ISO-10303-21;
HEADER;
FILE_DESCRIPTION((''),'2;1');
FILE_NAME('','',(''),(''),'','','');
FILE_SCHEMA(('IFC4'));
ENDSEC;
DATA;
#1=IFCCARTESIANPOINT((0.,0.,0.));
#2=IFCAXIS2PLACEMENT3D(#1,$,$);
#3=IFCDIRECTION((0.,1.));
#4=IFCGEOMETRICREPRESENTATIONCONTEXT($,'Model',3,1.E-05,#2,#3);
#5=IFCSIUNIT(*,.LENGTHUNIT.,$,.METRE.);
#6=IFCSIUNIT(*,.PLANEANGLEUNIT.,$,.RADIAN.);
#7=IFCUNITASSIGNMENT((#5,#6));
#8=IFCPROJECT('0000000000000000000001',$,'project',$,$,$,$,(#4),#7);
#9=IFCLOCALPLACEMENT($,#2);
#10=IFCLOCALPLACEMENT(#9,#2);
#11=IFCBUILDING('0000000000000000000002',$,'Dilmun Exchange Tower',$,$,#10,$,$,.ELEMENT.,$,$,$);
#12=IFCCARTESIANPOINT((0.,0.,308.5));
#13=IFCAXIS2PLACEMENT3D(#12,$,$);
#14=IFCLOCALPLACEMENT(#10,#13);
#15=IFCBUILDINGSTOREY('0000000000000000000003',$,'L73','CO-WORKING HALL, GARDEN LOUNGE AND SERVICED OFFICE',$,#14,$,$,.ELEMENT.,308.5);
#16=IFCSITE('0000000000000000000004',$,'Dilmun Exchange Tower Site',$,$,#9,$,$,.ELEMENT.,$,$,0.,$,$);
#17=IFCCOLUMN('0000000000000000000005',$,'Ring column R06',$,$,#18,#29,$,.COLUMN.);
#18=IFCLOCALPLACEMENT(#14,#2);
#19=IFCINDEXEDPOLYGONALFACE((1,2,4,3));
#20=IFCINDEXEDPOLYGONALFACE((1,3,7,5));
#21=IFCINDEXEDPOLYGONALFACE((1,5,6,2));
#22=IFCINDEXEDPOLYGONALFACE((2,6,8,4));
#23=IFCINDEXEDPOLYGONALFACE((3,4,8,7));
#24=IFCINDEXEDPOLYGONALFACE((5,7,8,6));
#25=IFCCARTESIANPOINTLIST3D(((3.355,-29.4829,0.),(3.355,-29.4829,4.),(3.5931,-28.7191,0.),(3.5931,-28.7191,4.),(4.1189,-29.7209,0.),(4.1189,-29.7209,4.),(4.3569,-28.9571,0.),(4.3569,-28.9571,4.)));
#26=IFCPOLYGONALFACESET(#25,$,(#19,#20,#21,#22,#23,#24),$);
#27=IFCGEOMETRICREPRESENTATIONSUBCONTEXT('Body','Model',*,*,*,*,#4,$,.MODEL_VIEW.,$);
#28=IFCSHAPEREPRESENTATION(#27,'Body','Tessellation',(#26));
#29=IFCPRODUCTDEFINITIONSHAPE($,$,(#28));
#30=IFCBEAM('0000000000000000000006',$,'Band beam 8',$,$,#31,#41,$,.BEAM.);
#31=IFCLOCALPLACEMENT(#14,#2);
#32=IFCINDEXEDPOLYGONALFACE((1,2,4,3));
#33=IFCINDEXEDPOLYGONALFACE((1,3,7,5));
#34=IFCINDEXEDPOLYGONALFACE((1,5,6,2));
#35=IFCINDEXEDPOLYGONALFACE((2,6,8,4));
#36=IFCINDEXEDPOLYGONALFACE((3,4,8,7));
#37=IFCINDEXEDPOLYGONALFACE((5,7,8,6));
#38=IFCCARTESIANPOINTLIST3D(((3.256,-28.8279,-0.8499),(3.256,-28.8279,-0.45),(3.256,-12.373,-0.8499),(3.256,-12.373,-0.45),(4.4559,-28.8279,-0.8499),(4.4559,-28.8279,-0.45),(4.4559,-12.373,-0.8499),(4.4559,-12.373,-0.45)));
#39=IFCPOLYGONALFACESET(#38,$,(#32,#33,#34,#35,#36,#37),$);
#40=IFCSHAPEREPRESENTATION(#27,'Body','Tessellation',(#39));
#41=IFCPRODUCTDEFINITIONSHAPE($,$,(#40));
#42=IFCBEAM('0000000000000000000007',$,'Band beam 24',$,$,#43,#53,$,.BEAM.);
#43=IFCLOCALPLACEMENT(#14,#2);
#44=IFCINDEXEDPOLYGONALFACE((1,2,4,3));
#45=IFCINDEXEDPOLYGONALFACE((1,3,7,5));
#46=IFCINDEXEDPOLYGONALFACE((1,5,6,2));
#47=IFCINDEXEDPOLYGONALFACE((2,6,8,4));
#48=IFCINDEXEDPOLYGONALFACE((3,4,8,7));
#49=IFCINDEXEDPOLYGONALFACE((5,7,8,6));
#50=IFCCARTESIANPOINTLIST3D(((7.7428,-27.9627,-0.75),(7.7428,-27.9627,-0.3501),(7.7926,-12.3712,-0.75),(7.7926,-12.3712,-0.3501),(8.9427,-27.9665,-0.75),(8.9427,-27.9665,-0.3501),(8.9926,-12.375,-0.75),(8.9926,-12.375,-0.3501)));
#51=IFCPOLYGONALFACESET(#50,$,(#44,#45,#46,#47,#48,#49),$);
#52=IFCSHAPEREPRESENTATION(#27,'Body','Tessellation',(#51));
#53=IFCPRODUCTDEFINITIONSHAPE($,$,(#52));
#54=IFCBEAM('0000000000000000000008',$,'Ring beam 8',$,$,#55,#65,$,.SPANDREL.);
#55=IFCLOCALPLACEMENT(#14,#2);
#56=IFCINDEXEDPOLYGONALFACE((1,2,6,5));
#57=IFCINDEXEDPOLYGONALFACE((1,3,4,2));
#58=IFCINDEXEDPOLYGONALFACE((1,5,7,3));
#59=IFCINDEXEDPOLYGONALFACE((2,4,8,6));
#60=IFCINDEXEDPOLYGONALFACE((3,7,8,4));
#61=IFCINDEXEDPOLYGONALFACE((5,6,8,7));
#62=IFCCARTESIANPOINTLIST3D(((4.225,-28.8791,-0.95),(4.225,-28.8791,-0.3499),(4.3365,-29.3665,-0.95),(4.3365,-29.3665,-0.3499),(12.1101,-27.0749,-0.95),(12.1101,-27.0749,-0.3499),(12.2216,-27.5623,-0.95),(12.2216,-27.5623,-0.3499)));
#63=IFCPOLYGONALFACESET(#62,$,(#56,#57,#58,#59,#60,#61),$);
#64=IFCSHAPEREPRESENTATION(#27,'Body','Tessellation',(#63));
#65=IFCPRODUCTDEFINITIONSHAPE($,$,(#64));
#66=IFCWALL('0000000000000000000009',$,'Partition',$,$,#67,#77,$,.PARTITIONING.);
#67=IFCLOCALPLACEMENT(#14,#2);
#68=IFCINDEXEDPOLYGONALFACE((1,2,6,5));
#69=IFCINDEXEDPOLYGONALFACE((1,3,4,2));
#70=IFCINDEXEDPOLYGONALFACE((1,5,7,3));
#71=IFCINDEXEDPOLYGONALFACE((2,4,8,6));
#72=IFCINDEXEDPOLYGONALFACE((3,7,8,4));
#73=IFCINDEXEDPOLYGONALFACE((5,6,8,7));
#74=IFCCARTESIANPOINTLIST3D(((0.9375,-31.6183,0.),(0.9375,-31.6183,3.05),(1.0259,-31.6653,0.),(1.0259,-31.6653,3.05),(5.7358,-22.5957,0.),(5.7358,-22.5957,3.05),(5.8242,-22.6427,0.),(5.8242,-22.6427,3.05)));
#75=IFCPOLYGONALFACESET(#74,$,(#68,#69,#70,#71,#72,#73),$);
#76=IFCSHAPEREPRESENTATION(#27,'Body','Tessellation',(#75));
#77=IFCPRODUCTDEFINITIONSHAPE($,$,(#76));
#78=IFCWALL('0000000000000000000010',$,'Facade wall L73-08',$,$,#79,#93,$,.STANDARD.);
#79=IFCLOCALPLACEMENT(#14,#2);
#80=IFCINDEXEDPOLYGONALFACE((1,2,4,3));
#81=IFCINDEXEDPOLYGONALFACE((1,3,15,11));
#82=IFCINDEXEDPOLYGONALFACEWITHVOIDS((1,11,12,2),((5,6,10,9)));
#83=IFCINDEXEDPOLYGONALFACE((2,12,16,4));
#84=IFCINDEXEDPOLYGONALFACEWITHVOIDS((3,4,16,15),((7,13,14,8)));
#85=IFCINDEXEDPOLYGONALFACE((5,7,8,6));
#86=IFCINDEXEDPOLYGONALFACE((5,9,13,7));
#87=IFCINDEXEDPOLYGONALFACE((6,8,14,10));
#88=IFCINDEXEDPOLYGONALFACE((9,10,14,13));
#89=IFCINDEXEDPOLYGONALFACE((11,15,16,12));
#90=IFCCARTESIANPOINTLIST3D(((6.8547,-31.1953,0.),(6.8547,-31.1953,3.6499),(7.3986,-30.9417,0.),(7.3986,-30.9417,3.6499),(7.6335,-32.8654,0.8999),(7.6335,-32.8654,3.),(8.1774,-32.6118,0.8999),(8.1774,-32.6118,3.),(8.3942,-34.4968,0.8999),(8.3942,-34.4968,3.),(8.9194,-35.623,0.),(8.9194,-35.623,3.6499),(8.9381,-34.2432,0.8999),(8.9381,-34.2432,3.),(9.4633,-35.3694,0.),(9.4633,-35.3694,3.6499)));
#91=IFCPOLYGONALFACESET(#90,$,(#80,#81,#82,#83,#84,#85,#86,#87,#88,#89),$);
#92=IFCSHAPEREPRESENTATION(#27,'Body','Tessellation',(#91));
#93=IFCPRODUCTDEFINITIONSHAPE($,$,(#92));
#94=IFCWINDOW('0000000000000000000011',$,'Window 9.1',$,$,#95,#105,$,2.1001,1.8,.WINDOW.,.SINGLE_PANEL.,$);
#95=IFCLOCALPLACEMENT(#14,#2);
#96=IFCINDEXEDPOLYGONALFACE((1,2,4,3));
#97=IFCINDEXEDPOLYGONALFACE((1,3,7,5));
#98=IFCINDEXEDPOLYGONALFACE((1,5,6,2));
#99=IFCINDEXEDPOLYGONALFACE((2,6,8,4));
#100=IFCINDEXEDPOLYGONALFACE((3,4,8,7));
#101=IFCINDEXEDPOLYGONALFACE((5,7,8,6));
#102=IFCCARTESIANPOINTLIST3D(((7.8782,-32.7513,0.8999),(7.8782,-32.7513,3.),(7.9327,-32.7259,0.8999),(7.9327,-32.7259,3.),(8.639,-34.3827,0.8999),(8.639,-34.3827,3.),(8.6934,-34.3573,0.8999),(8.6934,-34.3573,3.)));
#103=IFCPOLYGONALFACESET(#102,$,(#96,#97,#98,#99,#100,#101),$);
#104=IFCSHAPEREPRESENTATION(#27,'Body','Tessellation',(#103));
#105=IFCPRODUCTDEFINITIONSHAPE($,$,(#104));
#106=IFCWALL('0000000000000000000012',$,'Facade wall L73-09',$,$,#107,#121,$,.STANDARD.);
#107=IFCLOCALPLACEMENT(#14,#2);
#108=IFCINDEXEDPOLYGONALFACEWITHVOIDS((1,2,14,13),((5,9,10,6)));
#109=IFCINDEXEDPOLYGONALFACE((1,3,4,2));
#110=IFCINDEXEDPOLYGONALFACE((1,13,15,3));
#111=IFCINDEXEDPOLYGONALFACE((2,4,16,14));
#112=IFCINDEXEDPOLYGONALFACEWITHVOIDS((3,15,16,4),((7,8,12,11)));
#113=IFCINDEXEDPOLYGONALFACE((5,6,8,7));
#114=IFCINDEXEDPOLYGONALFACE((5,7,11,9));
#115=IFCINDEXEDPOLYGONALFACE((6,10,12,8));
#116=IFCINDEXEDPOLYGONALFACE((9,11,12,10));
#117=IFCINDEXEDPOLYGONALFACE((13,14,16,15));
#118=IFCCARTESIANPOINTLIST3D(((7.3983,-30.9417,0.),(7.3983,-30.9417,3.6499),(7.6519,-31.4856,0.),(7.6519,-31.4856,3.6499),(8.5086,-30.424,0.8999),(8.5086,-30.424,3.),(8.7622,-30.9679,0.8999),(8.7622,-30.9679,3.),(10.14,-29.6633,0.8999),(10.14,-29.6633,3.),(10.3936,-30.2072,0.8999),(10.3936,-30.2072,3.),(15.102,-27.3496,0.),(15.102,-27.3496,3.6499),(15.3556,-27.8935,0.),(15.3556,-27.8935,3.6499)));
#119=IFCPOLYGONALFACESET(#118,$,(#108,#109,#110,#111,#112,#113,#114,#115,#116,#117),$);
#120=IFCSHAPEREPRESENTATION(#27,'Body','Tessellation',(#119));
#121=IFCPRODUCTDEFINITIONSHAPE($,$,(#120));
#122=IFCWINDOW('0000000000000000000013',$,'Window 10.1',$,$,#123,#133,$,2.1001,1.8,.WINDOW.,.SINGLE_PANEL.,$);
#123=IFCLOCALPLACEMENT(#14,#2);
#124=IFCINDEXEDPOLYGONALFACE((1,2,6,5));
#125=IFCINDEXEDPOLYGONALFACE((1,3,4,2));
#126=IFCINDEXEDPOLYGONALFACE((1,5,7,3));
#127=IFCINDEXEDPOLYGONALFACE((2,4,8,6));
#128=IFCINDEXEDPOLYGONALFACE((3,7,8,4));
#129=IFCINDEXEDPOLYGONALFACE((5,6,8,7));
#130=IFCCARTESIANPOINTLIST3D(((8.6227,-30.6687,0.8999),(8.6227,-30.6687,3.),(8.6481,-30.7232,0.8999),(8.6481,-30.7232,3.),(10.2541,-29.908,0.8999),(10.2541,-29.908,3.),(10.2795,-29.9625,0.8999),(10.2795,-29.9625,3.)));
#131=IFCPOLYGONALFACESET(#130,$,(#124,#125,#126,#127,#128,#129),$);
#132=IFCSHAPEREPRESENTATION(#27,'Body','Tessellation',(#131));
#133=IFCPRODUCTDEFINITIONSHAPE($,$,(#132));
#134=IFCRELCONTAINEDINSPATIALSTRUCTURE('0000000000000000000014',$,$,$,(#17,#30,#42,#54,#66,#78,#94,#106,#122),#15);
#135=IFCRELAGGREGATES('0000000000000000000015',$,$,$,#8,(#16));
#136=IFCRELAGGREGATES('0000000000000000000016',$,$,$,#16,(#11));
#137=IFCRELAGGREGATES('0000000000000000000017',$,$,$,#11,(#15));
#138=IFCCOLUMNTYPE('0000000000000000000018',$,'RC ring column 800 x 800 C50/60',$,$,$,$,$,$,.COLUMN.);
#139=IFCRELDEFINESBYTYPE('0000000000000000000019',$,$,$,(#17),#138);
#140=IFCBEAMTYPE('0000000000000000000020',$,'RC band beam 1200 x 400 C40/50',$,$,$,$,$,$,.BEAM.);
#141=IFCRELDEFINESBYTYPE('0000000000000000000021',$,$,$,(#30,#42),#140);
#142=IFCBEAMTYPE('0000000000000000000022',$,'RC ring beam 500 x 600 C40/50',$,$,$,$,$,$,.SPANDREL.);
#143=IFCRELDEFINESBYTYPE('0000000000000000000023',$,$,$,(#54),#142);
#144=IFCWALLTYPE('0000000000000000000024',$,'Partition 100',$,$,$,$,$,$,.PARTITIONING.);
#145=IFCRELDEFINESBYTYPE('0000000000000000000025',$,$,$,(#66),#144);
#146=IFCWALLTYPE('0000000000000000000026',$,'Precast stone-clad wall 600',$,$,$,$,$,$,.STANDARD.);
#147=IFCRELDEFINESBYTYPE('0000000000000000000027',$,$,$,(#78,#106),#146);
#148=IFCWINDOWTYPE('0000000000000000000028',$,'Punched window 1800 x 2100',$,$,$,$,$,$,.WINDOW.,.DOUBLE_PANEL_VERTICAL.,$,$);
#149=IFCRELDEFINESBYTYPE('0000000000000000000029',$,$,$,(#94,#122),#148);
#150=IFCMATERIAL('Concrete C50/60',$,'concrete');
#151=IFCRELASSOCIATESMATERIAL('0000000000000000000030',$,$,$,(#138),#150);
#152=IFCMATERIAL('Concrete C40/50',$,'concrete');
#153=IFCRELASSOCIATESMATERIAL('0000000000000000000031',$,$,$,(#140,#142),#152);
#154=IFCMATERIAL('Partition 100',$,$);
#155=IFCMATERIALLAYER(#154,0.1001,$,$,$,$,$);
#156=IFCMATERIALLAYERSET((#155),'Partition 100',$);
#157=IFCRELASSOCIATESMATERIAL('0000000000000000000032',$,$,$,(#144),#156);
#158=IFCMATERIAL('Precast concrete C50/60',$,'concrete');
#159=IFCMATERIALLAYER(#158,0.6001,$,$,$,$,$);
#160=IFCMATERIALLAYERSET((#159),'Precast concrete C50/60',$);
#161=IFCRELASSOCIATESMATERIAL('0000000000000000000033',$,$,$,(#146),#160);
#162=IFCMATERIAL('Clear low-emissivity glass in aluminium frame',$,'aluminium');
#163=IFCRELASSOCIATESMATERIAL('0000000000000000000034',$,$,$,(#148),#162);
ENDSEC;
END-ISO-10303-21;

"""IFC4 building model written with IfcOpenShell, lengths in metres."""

from ifc_helpers import new_model, si_unit, direction, frame, frame_2d, origin, origin_2d, place, context, subcontext, project, spatial, rectangle, extrude, material, layer, layer_set, material_profile, profile_set, type_object, element, fill, save


model = new_model("IFC4")

# Units and contexts
model_context = context("Model", 3, precision=1e-05, world=origin(), true_north=direction((0.0, 1.0)))
body_context = subcontext(model_context, "Body", "Model", "MODEL_VIEW")
ifc_project = project(units=[si_unit("LENGTHUNIT", "METRE"), si_unit("PLANEANGLEUNIT", "RADIAN")], contexts=[model_context])

# Site, building, storey
site_placement = place(None, origin())
site = spatial("IfcSite", under=ifc_project, at=site_placement, Name="Dilmun Exchange Tower Site", CompositionType="ELEMENT", RefElevation=0.0)
building_placement = place(site_placement, origin())
building = spatial("IfcBuilding", under=site, at=building_placement, Name="Dilmun Exchange Tower", CompositionType="ELEMENT")
storey_placement = place(building_placement, frame((0.0, 0.0, 308.5)))
storey = spatial("IfcBuildingStorey", under=building, at=storey_placement, Name="L73", Description="CO-WORKING HALL, GARDEN LOUNGE AND SERVICED OFFICE", CompositionType="ELEMENT", Elevation=308.5)

# Column
ifc_material_1 = material(Name="Concrete C50/60", Category="concrete")
ifc_material_profile_1 = material_profile(ifc_material_1, rectangle(XDim=0.8, YDim=0.8, at=origin_2d()), Name="800 x 800")
ifc_profile_set_1 = profile_set([ifc_material_profile_1], Name="Concrete C50/60")
column_type = type_object("IfcColumnType", Name="RC ring column 800 x 800 C50/60", PredefinedType="COLUMN", material=ifc_profile_set_1)
column_placement = place(storey_placement, frame((3.856, -29.22, 0.0), z_axis=(0.0, 0.0, 1.0), x_axis=(0.297503, 0.954721, 0.0)))
element("IfcColumn", 1, at=column_placement, inside=storey, type_object=column_type, Name="Ring column R06", PredefinedType="COLUMN", context=body_context, shape_type="SweptSolid", body=[
    extrude(rectangle(XDim=0.8, YDim=0.8, at=origin_2d()), origin(), (0.0, 0.0, 1.0), 4.0),
])

# Beams
ifc_material_2 = material(Name="Concrete C40/50", Category="concrete")
ifc_material_profile_2 = material_profile(ifc_material_2, rectangle(XDim=1.2, YDim=0.3999, at=origin_2d()), Name="1200 x 400")
ifc_profile_set_2 = profile_set([ifc_material_profile_2], Name="Concrete C40/50")
beam_type_1 = type_object("IfcBeamType", Name="RC band beam 1200 x 400 C40/50", PredefinedType="BEAM", material=ifc_profile_set_2)
beam_1_placement = place(storey_placement, frame((3.856, -28.8279, -0.6499), z_axis=(0.0, 1.0, 0.0), x_axis=(-1.0, 0.0, 0.0)))
element("IfcBeam", 2, at=beam_1_placement, inside=storey, type_object=beam_type_1, Name="Band beam 8", PredefinedType="BEAM", context=body_context, shape_type="SweptSolid", body=[
    extrude(rectangle(XDim=1.2, YDim=0.3999, at=origin_2d()), origin(), (0.0, 0.0, 1.0), 16.4548),
])
beam_2_placement = place(storey_placement, frame((8.3428, -27.9646, -0.55), z_axis=(0.003194, 0.999995, 0.0), x_axis=(-0.999995, 0.003194, 0.0)))
element("IfcBeam", 3, at=beam_2_placement, inside=storey, type_object=beam_type_1, Name="Band beam 24", PredefinedType="BEAM", context=body_context, shape_type="SweptSolid", body=[
    extrude(rectangle(XDim=1.2, YDim=0.3999, at=origin_2d()), origin(), (0.0, 0.0, 1.0), 15.5916),
])
ifc_material_profile_3 = material_profile(ifc_material_2, rectangle(XDim=0.5, YDim=0.6001, at=origin_2d()), Name="500 x 600")
ifc_profile_set_3 = profile_set([ifc_material_profile_3], Name="Concrete C40/50")
beam_type_2 = type_object("IfcBeamType", Name="RC ring beam 500 x 600 C40/50", PredefinedType="SPANDREL", material=ifc_profile_set_3)
beam_3_placement = place(storey_placement, frame((4.2808, -29.1228, -0.6499), z_axis=(0.974807, 0.223049, 0.0), x_axis=(-0.223049, 0.974807, 0.0)))
element("IfcBeam", 4, at=beam_3_placement, inside=storey, type_object=beam_type_2, Name="Ring beam 8", PredefinedType="SPANDREL", context=body_context, shape_type="SweptSolid", body=[
    extrude(rectangle(XDim=0.5, YDim=0.6001, at=origin_2d()), origin(), (0.0, 0.0, 1.0), 8.0889),
])

# Wall
ifc_material_3 = material(Name="Partition 100")
ifc_layer_1 = layer(ifc_material_3, 0.1001)
ifc_layer_set_1 = layer_set([ifc_layer_1], Name="Partition 100")
wall_type_1 = type_object("IfcWallType", Name="Partition 100", PredefinedType="PARTITIONING", material=ifc_layer_set_1)
wall_1_placement = place(storey_placement, frame((0.9817, -31.6418, 0.0), z_axis=(0.0, 0.0, 1.0), x_axis=(0.469539, 0.882912, 0.0)))
element("IfcWall", 5, at=wall_1_placement, inside=storey, type_object=wall_type_1, Name="Partition", PredefinedType="PARTITIONING", context=body_context, shape_type="SweptSolid", body=[
    extrude(rectangle(XDim=10.2192, YDim=0.1001, at=frame_2d((5.1096, 0.0))), origin(), (0.0, 0.0, 1.0), 3.05),
])

# Walls, openings, windows
ifc_material_4 = material(Name="Precast concrete C50/60", Category="concrete")
ifc_layer_2 = layer(ifc_material_4, 0.6001)
ifc_layer_set_2 = layer_set([ifc_layer_2], Name="Precast concrete C50/60")
wall_type_2 = type_object("IfcWallType", Name="Precast stone-clad wall 600", PredefinedType="STANDARD", material=ifc_layer_set_2)
wall_2_placement = place(storey_placement, frame((9.1914, -35.4963, 0.0), z_axis=(0.0, 0.0, 1.0), x_axis=(-0.42262, 0.906307, 0.0)))
wall_2 = element("IfcWall", 6, at=wall_2_placement, inside=storey, type_object=wall_type_2, Name="Facade wall L73-08", PredefinedType="STANDARD", context=body_context, shape_type="SweptSolid", body=[
    extrude(rectangle(XDim=4.8855, YDim=0.6001, at=frame_2d((2.4429, 0.0))), origin(), (0.0, 0.0, 1.0), 3.6499),
])
opening_1_placement = place(wall_2_placement, frame((1.2429, 0.0, 0.8999)))
opening_1 = element("IfcOpeningElement", 7, at=opening_1_placement, cuts=wall_2, PredefinedType="OPENING", context=body_context, shape_type="SweptSolid", body=[
    extrude(rectangle(XDim=1.8, YDim=2.1001, at=frame_2d((0.8999, 1.05))), frame((0.0, 0.3101, 0.0), z_axis=(0.0, -1.0, 0.0), x_axis=(1.0, 0.0, 0.0)), (0.0, 0.0, 1.0), 0.6201),
])
ifc_material_5 = material(Name="Clear low-emissivity glass in aluminium frame", Category="aluminium")
window_type = type_object("IfcWindowType", Name="Punched window 1800 x 2100", PartitioningType="DOUBLE_PANEL_VERTICAL", PredefinedType="WINDOW", material=ifc_material_5)
window_1_placement = place(opening_1_placement, origin())
window_1 = element("IfcWindow", 8, at=window_1_placement, inside=storey, type_object=window_type, Name="Window 9.1", OverallHeight=2.1001, OverallWidth=1.8, PartitioningType="SINGLE_PANEL", PredefinedType="WINDOW", context=body_context, shape_type="SweptSolid", body=[
    extrude(rectangle(XDim=1.8, YDim=2.1001, at=frame_2d((0.8999, 1.05))), frame((0.0, 0.03, 0.0), z_axis=(0.0, -1.0, 0.0), x_axis=(1.0, 0.0, 0.0)), (0.0, 0.0, 1.0), 0.0601),
])
fill(opening_1, window_1)
wall_3_placement = place(storey_placement, frame((7.5251, -31.2136, 0.0), z_axis=(0.0, 0.0, 1.0), x_axis=(0.906317, 0.422598, 0.0)))
wall_3 = element("IfcWall", 9, at=wall_3_placement, inside=storey, type_object=wall_type_2, Name="Facade wall L73-09", PredefinedType="STANDARD", context=body_context, shape_type="SweptSolid", body=[
    extrude(rectangle(XDim=8.5, YDim=0.6001, at=frame_2d((4.25, 0.0))), origin(), (0.0, 0.0, 1.0), 3.6499),
])
opening_2_placement = place(wall_3_placement, frame((1.2251, 0.0, 0.8999)))
opening_2 = element("IfcOpeningElement", 10, at=opening_2_placement, cuts=wall_3, PredefinedType="OPENING", context=body_context, shape_type="SweptSolid", body=[
    extrude(rectangle(XDim=1.8, YDim=2.1001, at=frame_2d((0.8999, 1.05))), frame((0.0, 0.3101, 0.0), z_axis=(0.0, -1.0, 0.0), x_axis=(1.0, 0.0, 0.0)), (0.0, 0.0, 1.0), 0.6201),
])
window_2_placement = place(opening_2_placement, origin())
window_2 = element("IfcWindow", 11, at=window_2_placement, inside=storey, type_object=window_type, Name="Window 10.1", OverallHeight=2.1001, OverallWidth=1.8, PartitioningType="SINGLE_PANEL", PredefinedType="WINDOW", context=body_context, shape_type="SweptSolid", body=[
    extrude(rectangle(XDim=1.8, YDim=2.1001, at=frame_2d((0.8999, 1.05))), frame((0.0, 0.03, 0.0), z_axis=(0.0, -1.0, 0.0), x_axis=(1.0, 0.0, 0.0)), (0.0, 0.0, 1.0), 0.0601),
])
fill(opening_2, window_2)

save(model, "model.ifc")
